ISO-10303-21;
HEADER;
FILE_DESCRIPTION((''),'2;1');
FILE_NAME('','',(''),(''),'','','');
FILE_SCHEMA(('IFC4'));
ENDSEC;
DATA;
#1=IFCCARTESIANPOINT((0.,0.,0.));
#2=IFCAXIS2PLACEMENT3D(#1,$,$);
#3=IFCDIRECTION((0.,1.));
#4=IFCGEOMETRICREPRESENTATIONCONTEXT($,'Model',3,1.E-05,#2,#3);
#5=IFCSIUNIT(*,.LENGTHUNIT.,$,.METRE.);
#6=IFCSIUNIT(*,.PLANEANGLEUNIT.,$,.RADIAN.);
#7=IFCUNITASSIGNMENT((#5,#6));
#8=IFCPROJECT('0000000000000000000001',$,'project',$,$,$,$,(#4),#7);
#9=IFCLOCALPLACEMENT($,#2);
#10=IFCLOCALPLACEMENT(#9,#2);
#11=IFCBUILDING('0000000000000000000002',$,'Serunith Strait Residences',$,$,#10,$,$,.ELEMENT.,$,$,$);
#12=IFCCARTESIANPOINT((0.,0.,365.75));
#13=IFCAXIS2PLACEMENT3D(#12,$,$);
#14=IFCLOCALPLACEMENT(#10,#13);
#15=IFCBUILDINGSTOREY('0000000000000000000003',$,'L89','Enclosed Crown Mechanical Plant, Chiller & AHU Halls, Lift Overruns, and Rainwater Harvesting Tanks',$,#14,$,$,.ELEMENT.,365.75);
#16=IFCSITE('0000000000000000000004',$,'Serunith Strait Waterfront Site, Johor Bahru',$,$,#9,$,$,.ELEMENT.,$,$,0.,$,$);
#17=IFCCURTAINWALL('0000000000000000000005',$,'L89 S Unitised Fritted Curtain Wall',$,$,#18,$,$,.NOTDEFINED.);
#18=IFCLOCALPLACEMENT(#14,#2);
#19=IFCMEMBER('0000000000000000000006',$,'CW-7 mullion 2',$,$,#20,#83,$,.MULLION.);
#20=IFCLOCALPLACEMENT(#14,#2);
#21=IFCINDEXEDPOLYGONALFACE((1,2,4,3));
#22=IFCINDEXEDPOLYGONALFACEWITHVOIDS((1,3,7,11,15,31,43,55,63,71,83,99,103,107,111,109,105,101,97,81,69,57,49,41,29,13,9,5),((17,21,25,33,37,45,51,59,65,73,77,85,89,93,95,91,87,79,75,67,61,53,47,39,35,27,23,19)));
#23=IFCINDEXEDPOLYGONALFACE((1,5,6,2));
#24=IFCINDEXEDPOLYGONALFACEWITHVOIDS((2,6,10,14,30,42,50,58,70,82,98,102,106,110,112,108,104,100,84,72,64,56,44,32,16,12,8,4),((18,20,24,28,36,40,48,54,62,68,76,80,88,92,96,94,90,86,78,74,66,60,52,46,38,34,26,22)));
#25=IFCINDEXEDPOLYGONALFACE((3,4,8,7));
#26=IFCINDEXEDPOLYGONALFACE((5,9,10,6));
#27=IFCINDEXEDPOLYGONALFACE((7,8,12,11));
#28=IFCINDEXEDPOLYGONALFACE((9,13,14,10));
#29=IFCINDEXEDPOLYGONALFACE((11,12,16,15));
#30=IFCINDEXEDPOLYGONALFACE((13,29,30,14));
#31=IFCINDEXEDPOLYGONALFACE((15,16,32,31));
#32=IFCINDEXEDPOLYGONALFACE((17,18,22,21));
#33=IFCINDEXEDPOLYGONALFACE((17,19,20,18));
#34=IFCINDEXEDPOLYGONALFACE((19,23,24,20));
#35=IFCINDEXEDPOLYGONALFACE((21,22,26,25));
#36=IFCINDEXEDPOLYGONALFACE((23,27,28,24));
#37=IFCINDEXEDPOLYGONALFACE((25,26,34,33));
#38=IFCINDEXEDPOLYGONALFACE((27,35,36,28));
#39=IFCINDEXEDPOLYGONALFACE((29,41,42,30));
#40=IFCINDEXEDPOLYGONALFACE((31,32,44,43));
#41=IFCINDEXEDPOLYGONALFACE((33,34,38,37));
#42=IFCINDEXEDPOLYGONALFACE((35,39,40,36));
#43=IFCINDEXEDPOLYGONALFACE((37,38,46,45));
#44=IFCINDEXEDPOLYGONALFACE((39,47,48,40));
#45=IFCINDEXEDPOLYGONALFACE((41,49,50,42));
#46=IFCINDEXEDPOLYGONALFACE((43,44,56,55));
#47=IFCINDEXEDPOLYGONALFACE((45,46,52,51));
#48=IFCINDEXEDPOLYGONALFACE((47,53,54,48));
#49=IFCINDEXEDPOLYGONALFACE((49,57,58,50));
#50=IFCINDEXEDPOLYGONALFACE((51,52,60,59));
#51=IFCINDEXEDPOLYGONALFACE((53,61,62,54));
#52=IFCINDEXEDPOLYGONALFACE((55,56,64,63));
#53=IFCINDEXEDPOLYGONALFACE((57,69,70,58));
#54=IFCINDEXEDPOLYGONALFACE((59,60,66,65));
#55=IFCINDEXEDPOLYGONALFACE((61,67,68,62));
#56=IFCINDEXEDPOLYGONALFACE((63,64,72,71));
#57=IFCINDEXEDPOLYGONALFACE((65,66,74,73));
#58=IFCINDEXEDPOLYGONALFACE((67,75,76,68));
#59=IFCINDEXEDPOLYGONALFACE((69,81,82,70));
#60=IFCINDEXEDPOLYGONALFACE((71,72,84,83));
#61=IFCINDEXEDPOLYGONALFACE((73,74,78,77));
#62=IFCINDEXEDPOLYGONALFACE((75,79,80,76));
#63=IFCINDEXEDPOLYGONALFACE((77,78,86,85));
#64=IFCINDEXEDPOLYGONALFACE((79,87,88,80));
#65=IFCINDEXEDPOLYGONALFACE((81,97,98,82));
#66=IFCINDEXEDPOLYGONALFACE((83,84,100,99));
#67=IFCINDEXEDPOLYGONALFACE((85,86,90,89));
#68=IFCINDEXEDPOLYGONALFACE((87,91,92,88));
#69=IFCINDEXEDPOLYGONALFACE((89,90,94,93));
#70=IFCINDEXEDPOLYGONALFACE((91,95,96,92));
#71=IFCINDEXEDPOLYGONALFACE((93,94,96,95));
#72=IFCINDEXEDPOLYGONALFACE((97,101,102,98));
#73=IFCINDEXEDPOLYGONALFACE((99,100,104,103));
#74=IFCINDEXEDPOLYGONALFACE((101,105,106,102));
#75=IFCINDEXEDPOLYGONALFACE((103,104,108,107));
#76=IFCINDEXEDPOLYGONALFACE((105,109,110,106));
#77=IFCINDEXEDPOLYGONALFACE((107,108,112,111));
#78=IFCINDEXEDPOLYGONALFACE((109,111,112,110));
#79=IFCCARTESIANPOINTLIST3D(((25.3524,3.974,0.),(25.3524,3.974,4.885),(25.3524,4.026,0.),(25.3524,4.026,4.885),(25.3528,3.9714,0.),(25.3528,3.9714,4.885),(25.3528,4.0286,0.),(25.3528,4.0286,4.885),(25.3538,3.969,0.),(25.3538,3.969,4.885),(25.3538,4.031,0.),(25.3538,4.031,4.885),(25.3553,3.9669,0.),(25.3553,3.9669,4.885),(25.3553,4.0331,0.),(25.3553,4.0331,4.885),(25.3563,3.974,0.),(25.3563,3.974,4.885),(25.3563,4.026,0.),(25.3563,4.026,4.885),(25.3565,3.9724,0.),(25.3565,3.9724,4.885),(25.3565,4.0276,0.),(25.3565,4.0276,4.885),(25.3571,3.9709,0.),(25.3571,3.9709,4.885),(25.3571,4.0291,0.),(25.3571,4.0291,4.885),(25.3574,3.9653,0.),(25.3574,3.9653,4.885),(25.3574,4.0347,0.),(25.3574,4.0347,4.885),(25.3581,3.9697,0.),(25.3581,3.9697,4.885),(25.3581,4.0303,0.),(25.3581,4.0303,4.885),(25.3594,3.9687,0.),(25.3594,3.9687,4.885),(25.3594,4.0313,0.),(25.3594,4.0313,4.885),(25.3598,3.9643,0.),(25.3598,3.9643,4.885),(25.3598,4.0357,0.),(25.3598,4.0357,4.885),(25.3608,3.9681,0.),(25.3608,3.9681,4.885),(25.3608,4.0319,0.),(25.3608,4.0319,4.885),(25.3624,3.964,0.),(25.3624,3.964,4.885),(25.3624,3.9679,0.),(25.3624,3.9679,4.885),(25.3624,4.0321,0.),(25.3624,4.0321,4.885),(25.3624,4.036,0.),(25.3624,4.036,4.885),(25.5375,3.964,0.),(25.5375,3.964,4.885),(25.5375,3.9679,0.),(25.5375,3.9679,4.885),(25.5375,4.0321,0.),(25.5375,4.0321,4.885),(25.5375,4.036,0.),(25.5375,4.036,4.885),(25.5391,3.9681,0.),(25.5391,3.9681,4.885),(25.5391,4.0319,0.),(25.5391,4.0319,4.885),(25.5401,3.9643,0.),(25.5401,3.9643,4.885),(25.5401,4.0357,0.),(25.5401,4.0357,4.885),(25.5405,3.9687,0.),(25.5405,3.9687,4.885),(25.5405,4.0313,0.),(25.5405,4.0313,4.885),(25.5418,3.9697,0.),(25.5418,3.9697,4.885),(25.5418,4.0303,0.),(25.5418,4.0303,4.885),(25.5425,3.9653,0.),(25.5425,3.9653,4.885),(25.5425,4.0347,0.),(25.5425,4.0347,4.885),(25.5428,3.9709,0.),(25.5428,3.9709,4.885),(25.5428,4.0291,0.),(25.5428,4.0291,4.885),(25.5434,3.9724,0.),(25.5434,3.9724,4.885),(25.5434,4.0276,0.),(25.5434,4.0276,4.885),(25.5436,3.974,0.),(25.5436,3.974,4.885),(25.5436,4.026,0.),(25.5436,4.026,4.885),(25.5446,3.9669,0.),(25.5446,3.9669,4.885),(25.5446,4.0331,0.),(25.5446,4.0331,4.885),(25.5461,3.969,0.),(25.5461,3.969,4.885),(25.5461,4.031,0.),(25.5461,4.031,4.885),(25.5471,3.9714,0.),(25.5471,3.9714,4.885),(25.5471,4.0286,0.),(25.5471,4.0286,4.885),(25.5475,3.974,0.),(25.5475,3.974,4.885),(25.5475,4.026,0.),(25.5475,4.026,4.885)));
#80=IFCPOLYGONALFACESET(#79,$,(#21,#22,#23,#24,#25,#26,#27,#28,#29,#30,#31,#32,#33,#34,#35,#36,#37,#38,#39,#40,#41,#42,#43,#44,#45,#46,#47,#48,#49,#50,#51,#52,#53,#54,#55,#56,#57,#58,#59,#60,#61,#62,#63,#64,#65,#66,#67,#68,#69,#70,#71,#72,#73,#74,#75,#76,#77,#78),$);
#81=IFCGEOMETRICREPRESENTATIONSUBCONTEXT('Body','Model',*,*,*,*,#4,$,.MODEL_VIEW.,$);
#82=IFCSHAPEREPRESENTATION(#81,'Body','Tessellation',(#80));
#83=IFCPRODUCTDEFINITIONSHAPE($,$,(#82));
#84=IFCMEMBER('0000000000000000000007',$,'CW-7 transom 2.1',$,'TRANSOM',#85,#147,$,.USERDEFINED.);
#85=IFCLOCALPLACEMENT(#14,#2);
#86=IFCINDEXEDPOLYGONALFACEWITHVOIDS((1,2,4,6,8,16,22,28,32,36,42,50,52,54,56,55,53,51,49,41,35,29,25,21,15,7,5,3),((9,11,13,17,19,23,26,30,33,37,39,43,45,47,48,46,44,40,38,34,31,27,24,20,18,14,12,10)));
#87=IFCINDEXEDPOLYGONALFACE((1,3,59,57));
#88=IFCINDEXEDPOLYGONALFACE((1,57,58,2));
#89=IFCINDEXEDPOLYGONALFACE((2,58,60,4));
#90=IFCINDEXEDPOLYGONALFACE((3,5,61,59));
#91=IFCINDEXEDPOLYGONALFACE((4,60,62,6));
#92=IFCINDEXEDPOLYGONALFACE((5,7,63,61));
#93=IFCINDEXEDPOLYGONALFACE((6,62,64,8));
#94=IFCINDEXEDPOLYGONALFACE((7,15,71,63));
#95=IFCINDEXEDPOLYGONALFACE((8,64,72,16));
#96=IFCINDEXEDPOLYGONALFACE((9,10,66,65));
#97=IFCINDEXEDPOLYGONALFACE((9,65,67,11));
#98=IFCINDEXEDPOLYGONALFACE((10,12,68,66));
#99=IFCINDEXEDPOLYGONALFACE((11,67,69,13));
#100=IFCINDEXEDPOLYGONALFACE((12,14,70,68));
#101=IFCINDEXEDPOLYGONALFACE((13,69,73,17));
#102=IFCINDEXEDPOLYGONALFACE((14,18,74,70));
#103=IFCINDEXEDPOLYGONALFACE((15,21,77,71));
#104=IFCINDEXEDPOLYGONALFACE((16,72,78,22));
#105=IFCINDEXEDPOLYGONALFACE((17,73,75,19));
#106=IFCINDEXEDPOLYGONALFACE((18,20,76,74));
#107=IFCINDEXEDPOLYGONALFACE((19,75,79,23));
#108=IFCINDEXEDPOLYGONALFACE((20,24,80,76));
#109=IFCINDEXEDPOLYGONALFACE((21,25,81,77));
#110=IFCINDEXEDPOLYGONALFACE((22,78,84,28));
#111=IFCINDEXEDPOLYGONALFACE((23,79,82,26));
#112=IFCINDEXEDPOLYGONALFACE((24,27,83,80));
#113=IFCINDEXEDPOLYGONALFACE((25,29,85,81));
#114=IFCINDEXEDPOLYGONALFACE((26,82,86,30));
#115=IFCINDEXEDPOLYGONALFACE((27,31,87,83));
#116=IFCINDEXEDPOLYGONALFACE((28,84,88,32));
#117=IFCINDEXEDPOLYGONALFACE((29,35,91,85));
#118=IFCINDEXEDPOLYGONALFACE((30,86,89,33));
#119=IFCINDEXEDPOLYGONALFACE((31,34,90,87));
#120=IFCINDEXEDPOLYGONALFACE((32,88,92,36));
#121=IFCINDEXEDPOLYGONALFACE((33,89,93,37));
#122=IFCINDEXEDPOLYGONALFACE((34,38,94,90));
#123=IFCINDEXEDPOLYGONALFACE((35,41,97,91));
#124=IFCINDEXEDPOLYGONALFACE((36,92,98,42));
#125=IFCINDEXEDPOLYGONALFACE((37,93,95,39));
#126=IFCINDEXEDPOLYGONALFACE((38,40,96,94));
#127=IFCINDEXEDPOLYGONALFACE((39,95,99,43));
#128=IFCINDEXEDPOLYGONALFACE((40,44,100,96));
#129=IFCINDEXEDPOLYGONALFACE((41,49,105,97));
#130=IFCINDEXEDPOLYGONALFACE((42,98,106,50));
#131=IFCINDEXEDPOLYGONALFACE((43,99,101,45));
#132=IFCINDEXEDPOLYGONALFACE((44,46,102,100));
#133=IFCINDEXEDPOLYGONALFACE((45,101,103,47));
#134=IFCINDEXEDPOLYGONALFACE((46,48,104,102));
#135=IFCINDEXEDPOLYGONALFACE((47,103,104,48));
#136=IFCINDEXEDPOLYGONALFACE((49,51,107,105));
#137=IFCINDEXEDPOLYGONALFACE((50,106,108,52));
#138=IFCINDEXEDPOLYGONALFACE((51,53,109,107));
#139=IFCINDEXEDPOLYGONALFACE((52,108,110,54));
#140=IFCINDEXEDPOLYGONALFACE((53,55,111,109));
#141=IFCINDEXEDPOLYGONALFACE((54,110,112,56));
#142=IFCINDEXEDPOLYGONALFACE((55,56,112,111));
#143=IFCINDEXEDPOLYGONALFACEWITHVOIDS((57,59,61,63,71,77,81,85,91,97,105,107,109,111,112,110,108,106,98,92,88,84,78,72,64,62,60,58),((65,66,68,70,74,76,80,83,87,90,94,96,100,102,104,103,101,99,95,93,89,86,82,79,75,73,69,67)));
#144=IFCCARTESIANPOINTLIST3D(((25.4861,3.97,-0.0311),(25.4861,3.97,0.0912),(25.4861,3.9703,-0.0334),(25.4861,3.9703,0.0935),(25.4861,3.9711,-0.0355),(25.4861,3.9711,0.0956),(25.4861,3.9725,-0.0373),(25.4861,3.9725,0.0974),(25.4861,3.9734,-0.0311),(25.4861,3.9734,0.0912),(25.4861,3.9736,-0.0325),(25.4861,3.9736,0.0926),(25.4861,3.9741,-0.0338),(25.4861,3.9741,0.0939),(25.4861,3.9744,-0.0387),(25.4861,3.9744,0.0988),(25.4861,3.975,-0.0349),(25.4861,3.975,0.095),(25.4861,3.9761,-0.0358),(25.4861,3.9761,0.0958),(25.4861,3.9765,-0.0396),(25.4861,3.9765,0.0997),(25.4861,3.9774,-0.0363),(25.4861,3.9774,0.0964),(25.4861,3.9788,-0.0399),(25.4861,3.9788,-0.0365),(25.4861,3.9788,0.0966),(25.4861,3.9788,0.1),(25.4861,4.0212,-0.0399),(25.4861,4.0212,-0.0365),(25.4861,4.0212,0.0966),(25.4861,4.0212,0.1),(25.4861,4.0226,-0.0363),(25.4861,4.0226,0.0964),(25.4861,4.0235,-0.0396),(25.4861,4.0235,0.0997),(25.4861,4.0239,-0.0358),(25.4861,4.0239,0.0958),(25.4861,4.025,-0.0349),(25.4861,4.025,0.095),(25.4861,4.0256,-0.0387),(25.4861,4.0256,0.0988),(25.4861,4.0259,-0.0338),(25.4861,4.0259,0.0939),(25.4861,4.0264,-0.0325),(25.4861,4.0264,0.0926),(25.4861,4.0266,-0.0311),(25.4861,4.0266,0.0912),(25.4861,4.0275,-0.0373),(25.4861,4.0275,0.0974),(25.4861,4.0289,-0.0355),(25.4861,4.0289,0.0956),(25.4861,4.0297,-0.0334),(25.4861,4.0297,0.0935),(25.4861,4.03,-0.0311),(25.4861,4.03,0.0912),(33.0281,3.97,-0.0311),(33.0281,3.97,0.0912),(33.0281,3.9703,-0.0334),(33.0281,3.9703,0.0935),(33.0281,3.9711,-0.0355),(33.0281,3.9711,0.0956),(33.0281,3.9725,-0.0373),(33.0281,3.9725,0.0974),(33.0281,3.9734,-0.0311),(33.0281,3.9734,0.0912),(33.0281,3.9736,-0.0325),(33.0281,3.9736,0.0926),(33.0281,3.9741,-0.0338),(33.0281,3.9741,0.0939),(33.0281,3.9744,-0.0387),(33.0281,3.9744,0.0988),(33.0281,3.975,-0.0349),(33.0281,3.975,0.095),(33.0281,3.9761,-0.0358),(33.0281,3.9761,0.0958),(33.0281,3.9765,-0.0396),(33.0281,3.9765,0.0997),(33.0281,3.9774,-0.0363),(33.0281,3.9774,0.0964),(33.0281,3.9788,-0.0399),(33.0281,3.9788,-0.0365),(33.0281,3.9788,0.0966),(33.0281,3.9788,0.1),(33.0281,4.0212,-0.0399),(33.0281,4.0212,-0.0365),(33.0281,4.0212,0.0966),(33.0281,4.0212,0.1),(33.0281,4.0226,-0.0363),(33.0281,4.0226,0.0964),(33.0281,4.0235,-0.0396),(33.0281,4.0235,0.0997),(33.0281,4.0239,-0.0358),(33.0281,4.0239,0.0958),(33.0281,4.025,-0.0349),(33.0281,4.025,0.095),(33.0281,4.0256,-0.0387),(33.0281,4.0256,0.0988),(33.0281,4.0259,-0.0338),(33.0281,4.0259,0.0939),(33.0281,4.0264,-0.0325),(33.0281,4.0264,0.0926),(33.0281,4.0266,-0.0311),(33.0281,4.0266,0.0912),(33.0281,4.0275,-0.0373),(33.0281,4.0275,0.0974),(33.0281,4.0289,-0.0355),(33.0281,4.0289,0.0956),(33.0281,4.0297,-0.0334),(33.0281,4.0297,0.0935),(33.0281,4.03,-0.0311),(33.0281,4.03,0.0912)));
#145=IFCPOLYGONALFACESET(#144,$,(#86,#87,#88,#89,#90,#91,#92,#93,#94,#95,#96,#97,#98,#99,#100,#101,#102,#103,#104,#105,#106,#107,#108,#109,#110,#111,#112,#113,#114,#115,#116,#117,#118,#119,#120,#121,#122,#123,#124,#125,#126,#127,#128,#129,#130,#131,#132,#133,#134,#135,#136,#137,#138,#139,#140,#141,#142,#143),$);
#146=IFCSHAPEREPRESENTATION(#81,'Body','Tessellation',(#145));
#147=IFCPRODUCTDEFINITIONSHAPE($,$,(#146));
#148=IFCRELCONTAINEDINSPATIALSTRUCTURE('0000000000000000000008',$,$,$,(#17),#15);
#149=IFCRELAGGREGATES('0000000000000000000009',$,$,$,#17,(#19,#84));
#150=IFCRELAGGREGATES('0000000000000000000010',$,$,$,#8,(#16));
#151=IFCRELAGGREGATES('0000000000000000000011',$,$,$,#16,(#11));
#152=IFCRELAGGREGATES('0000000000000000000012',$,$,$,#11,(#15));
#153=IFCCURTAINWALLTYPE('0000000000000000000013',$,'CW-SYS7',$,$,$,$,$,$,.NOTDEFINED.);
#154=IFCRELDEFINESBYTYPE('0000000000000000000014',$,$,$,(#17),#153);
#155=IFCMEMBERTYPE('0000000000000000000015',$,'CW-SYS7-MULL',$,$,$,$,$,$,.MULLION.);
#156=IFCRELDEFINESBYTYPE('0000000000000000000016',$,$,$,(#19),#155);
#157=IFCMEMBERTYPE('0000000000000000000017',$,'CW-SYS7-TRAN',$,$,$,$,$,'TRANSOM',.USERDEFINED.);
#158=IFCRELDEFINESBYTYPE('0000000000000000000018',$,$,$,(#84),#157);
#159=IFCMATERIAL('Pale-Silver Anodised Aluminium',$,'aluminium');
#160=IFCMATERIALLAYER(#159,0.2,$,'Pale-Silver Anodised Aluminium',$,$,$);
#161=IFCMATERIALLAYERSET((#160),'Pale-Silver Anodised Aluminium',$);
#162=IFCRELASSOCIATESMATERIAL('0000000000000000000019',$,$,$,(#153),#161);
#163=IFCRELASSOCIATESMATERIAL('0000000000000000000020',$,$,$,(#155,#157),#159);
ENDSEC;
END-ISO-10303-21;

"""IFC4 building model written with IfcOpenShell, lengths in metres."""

from ifc_helpers import new_model, si_unit, direction, frame, origin, origin_2d, place, context, subcontext, project, spatial, hollow_rectangle, extrude, source, transform, mapped, material, layer, layer_set, material_profile, profile_set, type_object, element, aggregate, save


model = new_model("IFC4")

# Units and contexts
model_context = context("Model", 3, precision=1e-05, world=origin(), true_north=direction((0.0, 1.0)))
body_context = subcontext(model_context, "Body", "Model", "MODEL_VIEW")
ifc_project = project(units=[si_unit("LENGTHUNIT", "METRE"), si_unit("PLANEANGLEUNIT", "RADIAN")], contexts=[model_context])

# Site, building, storey
site_placement = place(None, origin())
site = spatial("IfcSite", under=ifc_project, at=site_placement, Name="Serunith Strait Waterfront Site, Johor Bahru", CompositionType="ELEMENT", RefElevation=0.0)
building_placement = place(site_placement, origin())
building = spatial("IfcBuilding", under=site, at=building_placement, Name="Serunith Strait Residences", CompositionType="ELEMENT")
storey_placement = place(building_placement, frame((0.0, 0.0, 365.75)))
storey = spatial("IfcBuildingStorey", under=building, at=storey_placement, Name="L89", Description="Enclosed Crown Mechanical Plant, Chiller & AHU Halls, Lift Overruns, and Rainwater Harvesting Tanks", CompositionType="ELEMENT", Elevation=365.75)

# Curtain wall, members
ifc_material_1 = material(Name="Pale-Silver Anodised Aluminium", Category="aluminium")
ifc_layer_1 = layer(ifc_material_1, 0.2, Name="Pale-Silver Anodised Aluminium")
ifc_layer_set_1 = layer_set([ifc_layer_1], Name="Pale-Silver Anodised Aluminium")
curtain_wall_type = type_object("IfcCurtainWallType", Name="CW-SYS7", PredefinedType="NOTDEFINED", material=ifc_layer_set_1)
curtain_wall_placement = place(storey_placement, origin())
curtain_wall = element("IfcCurtainWall", 1, at=curtain_wall_placement, inside=storey, type_object=curtain_wall_type, Name="L89 S Unitised Fritted Curtain Wall", PredefinedType="NOTDEFINED")
ifc_material_profile_1 = material_profile(ifc_material_1, hollow_rectangle(XDim=0.072, YDim=0.1951, WallThickness=0.0039, InnerFilletRadius=0.0061, OuterFilletRadius=0.01, at=origin_2d()), Name="ALU 195x72x4")
ifc_profile_set_1 = profile_set([ifc_material_profile_1], Name="Pale-Silver Anodised Aluminium")
member_type_1 = type_object("IfcMemberType", Name="CW-SYS7-MULL", PredefinedType="MULLION", material=ifc_profile_set_1)
shared_shape_1 = source(origin(), body_context, "Body", "SweptSolid", [
    extrude(hollow_rectangle(XDim=0.072, YDim=0.1951, WallThickness=0.0039, InnerFilletRadius=0.0061, OuterFilletRadius=0.01, at=origin_2d()), origin(), (0.0, 0.0, 1.0), 4.885),
])
member_1_placement = place(storey_placement, frame((25.45, 4.0, 0.0), z_axis=(0.0, 0.0, 1.0), x_axis=(0.0, 1.0, 0.0)))
member_1 = element("IfcMember", 2, at=member_1_placement, type_object=member_type_1, Name="CW-7 mullion 2", PredefinedType="MULLION", context=body_context, shape_type="MappedRepresentation", body=[
    mapped(shared_shape_1, transform((0.0, 0.0, 0.0), scale=1.0)),
])
ifc_material_profile_2 = material_profile(ifc_material_1, hollow_rectangle(XDim=0.0601, YDim=0.1399, WallThickness=0.0034, InnerFilletRadius=0.0054, OuterFilletRadius=0.0088, at=origin_2d()), Name="ALU 140x60x3.5")
ifc_profile_set_2 = profile_set([ifc_material_profile_2], Name="Pale-Silver Anodised Aluminium")
member_type_2 = type_object("IfcMemberType", Name="CW-SYS7-TRAN", ElementType="TRANSOM", PredefinedType="USERDEFINED", material=ifc_profile_set_2)
shared_shape_2 = source(origin(), body_context, "Body", "SweptSolid", [
    extrude(hollow_rectangle(XDim=0.0601, YDim=0.1399, WallThickness=0.0034, InnerFilletRadius=0.0054, OuterFilletRadius=0.0088, at=origin_2d()), origin(), (0.0, 0.0, 1.0), 7.542),
])
member_2_placement = place(storey_placement, frame((25.4861, 4.0, 0.03), z_axis=(1.0, 0.0, 0.0), x_axis=(0.0, 1.0, 0.0)))
member_2 = element("IfcMember", 3, at=member_2_placement, type_object=member_type_2, Name="CW-7 transom 2.1", ObjectType="TRANSOM", PredefinedType="USERDEFINED", context=body_context, shape_type="MappedRepresentation", body=[
    mapped(shared_shape_2, transform((0.0, 0.0, 0.0), scale=1.0)),
])
aggregate(curtain_wall, [member_1, member_2])

save(model, "model.ifc")
